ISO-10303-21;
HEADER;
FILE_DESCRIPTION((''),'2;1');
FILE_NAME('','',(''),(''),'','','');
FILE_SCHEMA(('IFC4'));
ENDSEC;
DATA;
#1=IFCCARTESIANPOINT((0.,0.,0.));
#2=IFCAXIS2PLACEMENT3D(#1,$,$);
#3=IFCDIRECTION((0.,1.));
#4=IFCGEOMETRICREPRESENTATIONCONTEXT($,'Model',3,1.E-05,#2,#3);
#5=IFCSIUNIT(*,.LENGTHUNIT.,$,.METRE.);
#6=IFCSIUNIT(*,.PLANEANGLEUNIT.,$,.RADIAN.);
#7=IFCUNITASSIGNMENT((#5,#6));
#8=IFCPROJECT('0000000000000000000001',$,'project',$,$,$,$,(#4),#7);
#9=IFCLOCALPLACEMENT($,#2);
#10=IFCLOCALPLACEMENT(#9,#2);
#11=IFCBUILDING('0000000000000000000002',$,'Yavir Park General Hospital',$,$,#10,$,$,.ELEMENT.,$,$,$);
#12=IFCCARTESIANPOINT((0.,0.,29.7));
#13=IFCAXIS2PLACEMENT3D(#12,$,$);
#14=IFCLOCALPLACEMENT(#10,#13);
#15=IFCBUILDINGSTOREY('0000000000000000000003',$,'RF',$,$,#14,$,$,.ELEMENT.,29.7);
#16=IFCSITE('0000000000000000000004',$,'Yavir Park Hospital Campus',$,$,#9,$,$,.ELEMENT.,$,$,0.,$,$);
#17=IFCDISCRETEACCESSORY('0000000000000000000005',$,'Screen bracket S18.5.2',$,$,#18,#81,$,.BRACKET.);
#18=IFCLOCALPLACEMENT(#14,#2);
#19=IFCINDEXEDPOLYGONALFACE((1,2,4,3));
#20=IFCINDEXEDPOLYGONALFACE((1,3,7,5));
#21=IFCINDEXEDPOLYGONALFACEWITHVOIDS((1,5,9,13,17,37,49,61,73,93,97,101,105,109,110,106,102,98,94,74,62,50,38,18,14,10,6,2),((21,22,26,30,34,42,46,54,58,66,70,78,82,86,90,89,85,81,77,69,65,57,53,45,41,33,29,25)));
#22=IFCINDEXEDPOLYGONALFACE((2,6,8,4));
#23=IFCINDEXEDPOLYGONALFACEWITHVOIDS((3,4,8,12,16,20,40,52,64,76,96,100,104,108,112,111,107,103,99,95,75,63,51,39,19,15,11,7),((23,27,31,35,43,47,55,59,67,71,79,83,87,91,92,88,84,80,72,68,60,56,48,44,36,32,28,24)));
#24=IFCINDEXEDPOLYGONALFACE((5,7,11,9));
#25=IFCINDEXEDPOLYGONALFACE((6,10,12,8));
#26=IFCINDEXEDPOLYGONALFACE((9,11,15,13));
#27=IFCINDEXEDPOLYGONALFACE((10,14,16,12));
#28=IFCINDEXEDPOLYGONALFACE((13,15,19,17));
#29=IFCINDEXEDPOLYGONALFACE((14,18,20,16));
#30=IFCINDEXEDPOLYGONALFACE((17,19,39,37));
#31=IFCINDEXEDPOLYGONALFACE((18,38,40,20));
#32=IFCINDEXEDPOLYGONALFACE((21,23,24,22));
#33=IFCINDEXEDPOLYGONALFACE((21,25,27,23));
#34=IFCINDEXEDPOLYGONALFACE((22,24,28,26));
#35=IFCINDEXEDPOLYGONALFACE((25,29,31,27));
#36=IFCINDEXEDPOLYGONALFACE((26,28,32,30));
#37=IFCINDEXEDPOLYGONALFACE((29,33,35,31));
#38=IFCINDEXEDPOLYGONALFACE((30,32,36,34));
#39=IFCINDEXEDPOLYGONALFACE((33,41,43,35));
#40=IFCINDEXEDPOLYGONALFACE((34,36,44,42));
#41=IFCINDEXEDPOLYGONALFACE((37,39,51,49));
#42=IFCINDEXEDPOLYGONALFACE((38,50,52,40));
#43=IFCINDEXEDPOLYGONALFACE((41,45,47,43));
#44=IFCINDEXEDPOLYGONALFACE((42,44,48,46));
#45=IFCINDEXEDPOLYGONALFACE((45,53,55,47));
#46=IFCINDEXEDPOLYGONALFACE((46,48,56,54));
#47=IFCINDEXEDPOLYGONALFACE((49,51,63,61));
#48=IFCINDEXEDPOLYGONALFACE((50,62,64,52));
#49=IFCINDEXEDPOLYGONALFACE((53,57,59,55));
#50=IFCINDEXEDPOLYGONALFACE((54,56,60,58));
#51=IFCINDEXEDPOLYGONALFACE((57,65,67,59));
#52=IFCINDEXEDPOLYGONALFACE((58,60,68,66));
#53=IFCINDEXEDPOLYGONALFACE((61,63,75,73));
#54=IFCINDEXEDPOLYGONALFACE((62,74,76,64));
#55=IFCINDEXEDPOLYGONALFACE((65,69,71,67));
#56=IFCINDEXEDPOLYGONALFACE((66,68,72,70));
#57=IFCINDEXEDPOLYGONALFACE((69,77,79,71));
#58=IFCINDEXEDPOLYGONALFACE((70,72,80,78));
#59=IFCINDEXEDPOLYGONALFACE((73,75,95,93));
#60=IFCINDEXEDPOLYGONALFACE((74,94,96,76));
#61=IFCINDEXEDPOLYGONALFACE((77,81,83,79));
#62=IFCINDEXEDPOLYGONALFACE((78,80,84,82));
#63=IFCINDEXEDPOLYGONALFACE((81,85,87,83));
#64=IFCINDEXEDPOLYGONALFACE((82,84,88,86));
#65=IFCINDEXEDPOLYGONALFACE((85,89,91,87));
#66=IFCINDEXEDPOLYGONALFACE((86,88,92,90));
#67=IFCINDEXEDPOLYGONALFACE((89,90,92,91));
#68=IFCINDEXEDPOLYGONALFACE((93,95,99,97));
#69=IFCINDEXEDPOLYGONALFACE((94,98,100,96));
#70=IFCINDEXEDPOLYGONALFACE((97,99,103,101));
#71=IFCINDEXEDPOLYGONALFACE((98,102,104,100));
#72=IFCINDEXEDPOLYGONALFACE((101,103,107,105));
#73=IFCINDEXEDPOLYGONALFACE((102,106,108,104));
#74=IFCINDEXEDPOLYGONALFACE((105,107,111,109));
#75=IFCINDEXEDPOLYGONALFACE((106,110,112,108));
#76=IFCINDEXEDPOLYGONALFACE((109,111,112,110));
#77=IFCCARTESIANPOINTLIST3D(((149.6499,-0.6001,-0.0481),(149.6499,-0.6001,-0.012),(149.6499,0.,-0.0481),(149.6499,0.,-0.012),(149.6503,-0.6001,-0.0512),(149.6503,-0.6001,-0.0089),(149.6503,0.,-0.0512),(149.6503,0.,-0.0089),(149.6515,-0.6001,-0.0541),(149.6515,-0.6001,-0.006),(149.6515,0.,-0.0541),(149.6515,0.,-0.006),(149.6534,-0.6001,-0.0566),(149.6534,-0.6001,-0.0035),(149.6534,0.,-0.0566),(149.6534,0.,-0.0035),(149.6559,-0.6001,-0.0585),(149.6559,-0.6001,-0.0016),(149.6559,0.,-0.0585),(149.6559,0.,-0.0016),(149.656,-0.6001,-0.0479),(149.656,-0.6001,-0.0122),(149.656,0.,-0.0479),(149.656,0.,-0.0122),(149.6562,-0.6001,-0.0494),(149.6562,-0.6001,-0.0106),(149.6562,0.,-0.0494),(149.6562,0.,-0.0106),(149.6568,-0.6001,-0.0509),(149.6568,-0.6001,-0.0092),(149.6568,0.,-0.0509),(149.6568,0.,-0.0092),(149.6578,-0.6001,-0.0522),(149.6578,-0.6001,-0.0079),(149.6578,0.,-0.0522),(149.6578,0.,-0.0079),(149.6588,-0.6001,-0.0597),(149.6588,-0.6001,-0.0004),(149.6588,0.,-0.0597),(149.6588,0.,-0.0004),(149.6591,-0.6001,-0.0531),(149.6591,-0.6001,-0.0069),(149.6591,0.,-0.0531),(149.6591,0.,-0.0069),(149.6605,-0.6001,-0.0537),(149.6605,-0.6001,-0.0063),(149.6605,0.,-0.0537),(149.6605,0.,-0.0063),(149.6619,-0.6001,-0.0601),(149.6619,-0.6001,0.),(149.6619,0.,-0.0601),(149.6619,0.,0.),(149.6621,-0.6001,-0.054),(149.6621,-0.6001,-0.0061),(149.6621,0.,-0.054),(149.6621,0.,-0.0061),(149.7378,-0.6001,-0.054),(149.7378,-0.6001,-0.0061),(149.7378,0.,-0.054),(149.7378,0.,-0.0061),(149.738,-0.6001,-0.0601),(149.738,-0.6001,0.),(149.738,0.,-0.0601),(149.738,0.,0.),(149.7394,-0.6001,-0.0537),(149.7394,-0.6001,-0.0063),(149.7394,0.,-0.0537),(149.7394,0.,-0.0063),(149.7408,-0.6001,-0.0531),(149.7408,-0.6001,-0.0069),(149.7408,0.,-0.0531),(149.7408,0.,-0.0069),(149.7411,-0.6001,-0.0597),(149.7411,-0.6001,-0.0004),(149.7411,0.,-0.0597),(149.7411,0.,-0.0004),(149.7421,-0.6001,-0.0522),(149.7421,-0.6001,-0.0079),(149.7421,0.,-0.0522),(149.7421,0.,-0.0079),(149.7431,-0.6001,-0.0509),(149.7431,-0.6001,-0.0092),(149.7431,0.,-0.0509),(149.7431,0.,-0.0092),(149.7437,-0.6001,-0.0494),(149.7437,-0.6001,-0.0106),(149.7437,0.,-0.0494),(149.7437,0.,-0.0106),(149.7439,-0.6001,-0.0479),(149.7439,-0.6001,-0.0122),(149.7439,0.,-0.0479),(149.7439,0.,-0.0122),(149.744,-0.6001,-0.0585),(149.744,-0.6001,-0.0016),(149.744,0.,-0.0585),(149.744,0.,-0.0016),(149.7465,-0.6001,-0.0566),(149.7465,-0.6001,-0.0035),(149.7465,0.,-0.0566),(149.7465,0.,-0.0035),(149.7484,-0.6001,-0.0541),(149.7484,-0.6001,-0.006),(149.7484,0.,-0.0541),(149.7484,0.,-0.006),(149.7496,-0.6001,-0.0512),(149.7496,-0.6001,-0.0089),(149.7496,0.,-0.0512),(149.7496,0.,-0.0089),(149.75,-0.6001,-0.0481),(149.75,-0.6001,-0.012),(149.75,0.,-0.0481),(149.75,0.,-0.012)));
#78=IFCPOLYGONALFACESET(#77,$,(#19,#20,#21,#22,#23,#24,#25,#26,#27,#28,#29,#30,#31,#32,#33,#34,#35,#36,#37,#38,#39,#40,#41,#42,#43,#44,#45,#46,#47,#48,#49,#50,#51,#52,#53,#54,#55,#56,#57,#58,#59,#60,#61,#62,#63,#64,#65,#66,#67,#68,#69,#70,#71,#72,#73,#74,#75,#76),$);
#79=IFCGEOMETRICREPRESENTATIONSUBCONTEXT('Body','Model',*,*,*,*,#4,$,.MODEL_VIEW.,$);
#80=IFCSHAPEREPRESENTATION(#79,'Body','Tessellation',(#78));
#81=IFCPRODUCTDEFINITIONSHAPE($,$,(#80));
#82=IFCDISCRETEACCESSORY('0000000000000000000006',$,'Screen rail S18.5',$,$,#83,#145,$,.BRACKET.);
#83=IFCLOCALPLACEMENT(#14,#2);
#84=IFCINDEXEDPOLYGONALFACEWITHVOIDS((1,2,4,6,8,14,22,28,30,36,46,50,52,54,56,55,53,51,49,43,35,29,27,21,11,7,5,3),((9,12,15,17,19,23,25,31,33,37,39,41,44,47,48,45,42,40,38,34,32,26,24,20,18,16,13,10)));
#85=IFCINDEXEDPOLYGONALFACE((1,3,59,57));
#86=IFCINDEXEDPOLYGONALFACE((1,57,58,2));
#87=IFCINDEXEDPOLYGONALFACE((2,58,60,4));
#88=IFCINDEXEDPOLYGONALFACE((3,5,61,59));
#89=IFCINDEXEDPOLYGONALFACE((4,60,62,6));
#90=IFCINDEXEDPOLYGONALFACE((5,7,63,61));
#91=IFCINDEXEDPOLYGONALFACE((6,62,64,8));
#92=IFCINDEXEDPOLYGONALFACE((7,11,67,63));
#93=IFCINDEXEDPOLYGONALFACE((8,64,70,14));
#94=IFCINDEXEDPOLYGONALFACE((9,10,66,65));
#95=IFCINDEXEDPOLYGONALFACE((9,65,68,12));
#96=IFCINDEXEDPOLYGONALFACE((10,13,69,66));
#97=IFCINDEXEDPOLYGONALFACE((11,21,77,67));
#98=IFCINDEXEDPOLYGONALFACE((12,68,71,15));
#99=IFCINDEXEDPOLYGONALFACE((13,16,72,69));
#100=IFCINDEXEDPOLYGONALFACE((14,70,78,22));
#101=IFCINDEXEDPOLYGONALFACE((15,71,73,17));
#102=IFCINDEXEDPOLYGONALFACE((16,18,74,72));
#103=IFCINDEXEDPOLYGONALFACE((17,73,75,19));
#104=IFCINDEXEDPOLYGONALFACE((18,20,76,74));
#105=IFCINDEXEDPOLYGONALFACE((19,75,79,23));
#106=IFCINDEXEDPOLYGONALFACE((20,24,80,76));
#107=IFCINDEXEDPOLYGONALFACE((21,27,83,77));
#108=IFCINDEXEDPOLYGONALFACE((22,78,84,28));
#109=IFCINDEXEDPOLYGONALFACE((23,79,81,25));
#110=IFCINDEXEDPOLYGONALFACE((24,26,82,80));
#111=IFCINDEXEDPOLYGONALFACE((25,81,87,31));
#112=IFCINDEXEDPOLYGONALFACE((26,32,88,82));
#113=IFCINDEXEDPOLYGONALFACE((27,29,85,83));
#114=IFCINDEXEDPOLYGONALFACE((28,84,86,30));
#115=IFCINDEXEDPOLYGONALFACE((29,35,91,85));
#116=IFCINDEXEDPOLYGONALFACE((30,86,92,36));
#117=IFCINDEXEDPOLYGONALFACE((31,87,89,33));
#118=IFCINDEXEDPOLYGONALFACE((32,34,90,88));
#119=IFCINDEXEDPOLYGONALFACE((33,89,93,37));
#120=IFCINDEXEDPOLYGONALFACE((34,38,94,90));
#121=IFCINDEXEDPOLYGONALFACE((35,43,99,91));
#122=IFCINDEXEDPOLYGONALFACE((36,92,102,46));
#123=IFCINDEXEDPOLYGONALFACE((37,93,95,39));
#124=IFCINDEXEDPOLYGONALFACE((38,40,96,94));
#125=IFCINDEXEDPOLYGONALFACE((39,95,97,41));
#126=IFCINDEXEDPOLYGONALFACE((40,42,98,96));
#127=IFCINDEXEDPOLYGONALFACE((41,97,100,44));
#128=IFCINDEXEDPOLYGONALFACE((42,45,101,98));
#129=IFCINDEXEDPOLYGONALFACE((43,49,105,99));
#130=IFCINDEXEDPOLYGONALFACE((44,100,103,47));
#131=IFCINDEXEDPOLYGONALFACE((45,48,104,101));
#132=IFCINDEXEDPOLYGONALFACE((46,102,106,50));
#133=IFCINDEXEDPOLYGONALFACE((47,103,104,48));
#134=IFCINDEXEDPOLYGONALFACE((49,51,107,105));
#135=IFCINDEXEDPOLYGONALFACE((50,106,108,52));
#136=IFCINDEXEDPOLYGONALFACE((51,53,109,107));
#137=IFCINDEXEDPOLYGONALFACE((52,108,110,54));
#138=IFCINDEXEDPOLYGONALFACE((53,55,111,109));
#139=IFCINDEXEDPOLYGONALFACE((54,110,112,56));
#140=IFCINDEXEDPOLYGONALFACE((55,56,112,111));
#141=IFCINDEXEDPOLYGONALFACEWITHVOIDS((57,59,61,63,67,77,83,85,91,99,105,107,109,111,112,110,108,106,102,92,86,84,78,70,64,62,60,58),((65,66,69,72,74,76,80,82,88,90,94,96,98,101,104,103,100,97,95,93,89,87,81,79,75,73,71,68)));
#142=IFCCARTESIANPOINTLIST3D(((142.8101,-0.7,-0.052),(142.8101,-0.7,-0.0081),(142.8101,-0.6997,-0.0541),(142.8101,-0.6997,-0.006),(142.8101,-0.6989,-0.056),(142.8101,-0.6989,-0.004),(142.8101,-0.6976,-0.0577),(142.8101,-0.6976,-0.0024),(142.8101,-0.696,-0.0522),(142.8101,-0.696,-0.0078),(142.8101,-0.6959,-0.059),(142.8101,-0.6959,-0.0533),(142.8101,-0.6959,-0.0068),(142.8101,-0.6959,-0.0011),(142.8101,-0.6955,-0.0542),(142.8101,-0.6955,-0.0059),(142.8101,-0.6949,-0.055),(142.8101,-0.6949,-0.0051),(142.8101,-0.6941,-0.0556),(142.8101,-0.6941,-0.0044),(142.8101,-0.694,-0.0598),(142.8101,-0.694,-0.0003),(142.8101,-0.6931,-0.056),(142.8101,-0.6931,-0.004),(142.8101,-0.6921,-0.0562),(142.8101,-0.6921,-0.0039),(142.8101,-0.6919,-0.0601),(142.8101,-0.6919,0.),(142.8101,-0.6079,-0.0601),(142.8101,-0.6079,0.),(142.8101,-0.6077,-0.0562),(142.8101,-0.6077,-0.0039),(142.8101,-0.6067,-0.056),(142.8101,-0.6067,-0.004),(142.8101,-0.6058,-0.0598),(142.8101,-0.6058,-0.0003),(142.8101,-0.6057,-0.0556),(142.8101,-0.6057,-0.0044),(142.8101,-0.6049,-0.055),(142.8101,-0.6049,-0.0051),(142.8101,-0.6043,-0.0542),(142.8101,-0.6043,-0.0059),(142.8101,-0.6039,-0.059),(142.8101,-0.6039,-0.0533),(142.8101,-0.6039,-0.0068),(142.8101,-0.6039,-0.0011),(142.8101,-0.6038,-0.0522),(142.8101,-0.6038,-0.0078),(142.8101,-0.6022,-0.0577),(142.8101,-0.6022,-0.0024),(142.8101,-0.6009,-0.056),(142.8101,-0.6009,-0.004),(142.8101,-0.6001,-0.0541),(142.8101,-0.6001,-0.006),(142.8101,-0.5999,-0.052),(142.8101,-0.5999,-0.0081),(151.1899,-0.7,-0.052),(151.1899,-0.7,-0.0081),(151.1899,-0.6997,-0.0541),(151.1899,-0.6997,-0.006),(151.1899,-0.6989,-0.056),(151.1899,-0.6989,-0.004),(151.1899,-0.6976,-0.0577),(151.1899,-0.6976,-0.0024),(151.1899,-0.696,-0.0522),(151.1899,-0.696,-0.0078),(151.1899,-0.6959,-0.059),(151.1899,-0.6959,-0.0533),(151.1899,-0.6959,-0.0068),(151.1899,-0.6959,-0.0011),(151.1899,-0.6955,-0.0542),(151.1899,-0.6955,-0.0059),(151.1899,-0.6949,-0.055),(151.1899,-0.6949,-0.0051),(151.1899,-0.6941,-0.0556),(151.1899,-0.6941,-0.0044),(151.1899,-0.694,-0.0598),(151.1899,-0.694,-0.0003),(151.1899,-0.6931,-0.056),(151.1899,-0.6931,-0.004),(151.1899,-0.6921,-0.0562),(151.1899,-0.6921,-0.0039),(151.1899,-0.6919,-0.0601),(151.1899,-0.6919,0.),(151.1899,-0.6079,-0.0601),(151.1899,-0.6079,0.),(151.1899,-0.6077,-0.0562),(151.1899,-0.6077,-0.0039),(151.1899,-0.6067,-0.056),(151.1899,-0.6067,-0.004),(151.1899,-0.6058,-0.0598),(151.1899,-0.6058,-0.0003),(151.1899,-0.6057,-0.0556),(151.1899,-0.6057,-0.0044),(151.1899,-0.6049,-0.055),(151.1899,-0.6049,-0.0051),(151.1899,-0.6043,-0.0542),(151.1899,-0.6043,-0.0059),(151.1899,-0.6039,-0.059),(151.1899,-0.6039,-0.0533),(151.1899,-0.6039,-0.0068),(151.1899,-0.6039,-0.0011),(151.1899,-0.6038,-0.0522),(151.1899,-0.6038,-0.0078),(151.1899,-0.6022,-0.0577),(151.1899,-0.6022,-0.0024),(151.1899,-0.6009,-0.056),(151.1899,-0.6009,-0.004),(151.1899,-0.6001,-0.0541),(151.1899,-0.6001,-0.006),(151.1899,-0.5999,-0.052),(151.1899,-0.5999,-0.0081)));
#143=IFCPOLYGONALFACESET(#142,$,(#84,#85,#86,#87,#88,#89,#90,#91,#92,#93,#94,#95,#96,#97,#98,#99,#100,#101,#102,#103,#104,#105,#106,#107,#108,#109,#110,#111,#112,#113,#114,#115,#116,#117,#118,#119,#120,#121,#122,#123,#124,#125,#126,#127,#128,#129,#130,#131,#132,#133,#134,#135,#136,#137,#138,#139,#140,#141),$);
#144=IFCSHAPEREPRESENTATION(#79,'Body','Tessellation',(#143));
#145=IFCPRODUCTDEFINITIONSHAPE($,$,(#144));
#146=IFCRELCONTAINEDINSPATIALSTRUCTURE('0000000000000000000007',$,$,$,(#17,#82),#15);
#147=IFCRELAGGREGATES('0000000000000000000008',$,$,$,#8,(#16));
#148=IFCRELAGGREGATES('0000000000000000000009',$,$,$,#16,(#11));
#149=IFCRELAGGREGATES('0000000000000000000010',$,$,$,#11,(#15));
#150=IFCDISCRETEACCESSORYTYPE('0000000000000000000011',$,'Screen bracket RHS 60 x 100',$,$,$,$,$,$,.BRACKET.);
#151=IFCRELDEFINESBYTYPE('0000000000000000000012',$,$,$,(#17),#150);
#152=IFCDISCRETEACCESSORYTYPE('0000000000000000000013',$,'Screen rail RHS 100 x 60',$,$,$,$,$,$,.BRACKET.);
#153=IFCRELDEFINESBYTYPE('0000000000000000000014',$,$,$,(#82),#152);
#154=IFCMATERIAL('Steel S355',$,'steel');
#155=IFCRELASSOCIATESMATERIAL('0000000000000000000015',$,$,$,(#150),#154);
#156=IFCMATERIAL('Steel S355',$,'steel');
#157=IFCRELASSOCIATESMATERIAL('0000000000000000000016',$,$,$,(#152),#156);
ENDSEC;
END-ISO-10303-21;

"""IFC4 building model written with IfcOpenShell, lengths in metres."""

from ifc_helpers import new_model, si_unit, direction, frame, origin, origin_2d, place, context, subcontext, project, spatial, hollow_rectangle, extrude, material, material_profile, profile_set, type_object, element, save


model = new_model("IFC4")

# Units and contexts
model_context = context("Model", 3, precision=1e-05, world=origin(), true_north=direction((0.0, 1.0)))
body_context = subcontext(model_context, "Body", "Model", "MODEL_VIEW")
ifc_project = project(units=[si_unit("LENGTHUNIT", "METRE"), si_unit("PLANEANGLEUNIT", "RADIAN")], contexts=[model_context])

# Site, building, storey
site_placement = place(None, origin())
site = spatial("IfcSite", under=ifc_project, at=site_placement, Name="Yavir Park Hospital Campus", CompositionType="ELEMENT", RefElevation=0.0)
building_placement = place(site_placement, origin())
building = spatial("IfcBuilding", under=site, at=building_placement, Name="Yavir Park General Hospital", CompositionType="ELEMENT")
storey_placement = place(building_placement, frame((0.0, 0.0, 29.7)))
storey = spatial("IfcBuildingStorey", under=building, at=storey_placement, Name="RF", CompositionType="ELEMENT", Elevation=29.7)

# Discrete accessories
ifc_material_1 = material(Name="Steel S355", Category="steel")
ifc_material_profile_1 = material_profile(ifc_material_1, hollow_rectangle(XDim=0.1001, YDim=0.0601, WallThickness=0.0061, InnerFilletRadius=0.0061, OuterFilletRadius=0.012, at=origin_2d()), Name="RHS60x100x6")
ifc_profile_set_1 = profile_set([ifc_material_profile_1], Name="Steel S355")
discrete_accessory_type_1 = type_object("IfcDiscreteAccessoryType", Name="Screen bracket RHS 60 x 100", PredefinedType="BRACKET", material=ifc_profile_set_1)
for number, where, z_axis, x_axis, name in (
    (1, (149.7, 0.0, -0.03), (0.0, -1.0, 0.0), (1.0, 0.0, 0.0), "Screen bracket S18.5.2"),
):
    element("IfcDiscreteAccessory", number, at=place(storey_placement, frame(where, z_axis=z_axis, x_axis=x_axis)), inside=storey, type_object=discrete_accessory_type_1, Name=name, PredefinedType="BRACKET", context=body_context, shape_type="SweptSolid", body=[
        extrude(hollow_rectangle(XDim=0.1001, YDim=0.0601, WallThickness=0.0061, InnerFilletRadius=0.0061, OuterFilletRadius=0.012, at=origin_2d()), origin(), (0.0, 0.0, 1.0), 0.6001),
    ])
ifc_material_2 = material(Name="Steel S355", Category="steel")
ifc_material_profile_2 = material_profile(ifc_material_2, hollow_rectangle(XDim=0.1001, YDim=0.0601, WallThickness=0.0039, InnerFilletRadius=0.0039, OuterFilletRadius=0.0081, at=origin_2d()), Name="RHS60x100x4")
ifc_profile_set_2 = profile_set([ifc_material_profile_2], Name="Steel S355")
discrete_accessory_type_2 = type_object("IfcDiscreteAccessoryType", Name="Screen rail RHS 100 x 60", PredefinedType="BRACKET", material=ifc_profile_set_2)
discrete_accessory_1_placement = place(storey_placement, frame((142.8101, -0.6499, -0.03), z_axis=(1.0, 0.0, 0.0), x_axis=(0.0, 1.0, 0.0)))
element("IfcDiscreteAccessory", 2, at=discrete_accessory_1_placement, inside=storey, type_object=discrete_accessory_type_2, Name="Screen rail S18.5", PredefinedType="BRACKET", context=body_context, shape_type="SweptSolid", body=[
    extrude(hollow_rectangle(XDim=0.1001, YDim=0.0601, WallThickness=0.0039, InnerFilletRadius=0.0039, OuterFilletRadius=0.0081, at=origin_2d()), origin(), (0.0, 0.0, 1.0), 8.3799),
])

save(model, "model.ifc")
